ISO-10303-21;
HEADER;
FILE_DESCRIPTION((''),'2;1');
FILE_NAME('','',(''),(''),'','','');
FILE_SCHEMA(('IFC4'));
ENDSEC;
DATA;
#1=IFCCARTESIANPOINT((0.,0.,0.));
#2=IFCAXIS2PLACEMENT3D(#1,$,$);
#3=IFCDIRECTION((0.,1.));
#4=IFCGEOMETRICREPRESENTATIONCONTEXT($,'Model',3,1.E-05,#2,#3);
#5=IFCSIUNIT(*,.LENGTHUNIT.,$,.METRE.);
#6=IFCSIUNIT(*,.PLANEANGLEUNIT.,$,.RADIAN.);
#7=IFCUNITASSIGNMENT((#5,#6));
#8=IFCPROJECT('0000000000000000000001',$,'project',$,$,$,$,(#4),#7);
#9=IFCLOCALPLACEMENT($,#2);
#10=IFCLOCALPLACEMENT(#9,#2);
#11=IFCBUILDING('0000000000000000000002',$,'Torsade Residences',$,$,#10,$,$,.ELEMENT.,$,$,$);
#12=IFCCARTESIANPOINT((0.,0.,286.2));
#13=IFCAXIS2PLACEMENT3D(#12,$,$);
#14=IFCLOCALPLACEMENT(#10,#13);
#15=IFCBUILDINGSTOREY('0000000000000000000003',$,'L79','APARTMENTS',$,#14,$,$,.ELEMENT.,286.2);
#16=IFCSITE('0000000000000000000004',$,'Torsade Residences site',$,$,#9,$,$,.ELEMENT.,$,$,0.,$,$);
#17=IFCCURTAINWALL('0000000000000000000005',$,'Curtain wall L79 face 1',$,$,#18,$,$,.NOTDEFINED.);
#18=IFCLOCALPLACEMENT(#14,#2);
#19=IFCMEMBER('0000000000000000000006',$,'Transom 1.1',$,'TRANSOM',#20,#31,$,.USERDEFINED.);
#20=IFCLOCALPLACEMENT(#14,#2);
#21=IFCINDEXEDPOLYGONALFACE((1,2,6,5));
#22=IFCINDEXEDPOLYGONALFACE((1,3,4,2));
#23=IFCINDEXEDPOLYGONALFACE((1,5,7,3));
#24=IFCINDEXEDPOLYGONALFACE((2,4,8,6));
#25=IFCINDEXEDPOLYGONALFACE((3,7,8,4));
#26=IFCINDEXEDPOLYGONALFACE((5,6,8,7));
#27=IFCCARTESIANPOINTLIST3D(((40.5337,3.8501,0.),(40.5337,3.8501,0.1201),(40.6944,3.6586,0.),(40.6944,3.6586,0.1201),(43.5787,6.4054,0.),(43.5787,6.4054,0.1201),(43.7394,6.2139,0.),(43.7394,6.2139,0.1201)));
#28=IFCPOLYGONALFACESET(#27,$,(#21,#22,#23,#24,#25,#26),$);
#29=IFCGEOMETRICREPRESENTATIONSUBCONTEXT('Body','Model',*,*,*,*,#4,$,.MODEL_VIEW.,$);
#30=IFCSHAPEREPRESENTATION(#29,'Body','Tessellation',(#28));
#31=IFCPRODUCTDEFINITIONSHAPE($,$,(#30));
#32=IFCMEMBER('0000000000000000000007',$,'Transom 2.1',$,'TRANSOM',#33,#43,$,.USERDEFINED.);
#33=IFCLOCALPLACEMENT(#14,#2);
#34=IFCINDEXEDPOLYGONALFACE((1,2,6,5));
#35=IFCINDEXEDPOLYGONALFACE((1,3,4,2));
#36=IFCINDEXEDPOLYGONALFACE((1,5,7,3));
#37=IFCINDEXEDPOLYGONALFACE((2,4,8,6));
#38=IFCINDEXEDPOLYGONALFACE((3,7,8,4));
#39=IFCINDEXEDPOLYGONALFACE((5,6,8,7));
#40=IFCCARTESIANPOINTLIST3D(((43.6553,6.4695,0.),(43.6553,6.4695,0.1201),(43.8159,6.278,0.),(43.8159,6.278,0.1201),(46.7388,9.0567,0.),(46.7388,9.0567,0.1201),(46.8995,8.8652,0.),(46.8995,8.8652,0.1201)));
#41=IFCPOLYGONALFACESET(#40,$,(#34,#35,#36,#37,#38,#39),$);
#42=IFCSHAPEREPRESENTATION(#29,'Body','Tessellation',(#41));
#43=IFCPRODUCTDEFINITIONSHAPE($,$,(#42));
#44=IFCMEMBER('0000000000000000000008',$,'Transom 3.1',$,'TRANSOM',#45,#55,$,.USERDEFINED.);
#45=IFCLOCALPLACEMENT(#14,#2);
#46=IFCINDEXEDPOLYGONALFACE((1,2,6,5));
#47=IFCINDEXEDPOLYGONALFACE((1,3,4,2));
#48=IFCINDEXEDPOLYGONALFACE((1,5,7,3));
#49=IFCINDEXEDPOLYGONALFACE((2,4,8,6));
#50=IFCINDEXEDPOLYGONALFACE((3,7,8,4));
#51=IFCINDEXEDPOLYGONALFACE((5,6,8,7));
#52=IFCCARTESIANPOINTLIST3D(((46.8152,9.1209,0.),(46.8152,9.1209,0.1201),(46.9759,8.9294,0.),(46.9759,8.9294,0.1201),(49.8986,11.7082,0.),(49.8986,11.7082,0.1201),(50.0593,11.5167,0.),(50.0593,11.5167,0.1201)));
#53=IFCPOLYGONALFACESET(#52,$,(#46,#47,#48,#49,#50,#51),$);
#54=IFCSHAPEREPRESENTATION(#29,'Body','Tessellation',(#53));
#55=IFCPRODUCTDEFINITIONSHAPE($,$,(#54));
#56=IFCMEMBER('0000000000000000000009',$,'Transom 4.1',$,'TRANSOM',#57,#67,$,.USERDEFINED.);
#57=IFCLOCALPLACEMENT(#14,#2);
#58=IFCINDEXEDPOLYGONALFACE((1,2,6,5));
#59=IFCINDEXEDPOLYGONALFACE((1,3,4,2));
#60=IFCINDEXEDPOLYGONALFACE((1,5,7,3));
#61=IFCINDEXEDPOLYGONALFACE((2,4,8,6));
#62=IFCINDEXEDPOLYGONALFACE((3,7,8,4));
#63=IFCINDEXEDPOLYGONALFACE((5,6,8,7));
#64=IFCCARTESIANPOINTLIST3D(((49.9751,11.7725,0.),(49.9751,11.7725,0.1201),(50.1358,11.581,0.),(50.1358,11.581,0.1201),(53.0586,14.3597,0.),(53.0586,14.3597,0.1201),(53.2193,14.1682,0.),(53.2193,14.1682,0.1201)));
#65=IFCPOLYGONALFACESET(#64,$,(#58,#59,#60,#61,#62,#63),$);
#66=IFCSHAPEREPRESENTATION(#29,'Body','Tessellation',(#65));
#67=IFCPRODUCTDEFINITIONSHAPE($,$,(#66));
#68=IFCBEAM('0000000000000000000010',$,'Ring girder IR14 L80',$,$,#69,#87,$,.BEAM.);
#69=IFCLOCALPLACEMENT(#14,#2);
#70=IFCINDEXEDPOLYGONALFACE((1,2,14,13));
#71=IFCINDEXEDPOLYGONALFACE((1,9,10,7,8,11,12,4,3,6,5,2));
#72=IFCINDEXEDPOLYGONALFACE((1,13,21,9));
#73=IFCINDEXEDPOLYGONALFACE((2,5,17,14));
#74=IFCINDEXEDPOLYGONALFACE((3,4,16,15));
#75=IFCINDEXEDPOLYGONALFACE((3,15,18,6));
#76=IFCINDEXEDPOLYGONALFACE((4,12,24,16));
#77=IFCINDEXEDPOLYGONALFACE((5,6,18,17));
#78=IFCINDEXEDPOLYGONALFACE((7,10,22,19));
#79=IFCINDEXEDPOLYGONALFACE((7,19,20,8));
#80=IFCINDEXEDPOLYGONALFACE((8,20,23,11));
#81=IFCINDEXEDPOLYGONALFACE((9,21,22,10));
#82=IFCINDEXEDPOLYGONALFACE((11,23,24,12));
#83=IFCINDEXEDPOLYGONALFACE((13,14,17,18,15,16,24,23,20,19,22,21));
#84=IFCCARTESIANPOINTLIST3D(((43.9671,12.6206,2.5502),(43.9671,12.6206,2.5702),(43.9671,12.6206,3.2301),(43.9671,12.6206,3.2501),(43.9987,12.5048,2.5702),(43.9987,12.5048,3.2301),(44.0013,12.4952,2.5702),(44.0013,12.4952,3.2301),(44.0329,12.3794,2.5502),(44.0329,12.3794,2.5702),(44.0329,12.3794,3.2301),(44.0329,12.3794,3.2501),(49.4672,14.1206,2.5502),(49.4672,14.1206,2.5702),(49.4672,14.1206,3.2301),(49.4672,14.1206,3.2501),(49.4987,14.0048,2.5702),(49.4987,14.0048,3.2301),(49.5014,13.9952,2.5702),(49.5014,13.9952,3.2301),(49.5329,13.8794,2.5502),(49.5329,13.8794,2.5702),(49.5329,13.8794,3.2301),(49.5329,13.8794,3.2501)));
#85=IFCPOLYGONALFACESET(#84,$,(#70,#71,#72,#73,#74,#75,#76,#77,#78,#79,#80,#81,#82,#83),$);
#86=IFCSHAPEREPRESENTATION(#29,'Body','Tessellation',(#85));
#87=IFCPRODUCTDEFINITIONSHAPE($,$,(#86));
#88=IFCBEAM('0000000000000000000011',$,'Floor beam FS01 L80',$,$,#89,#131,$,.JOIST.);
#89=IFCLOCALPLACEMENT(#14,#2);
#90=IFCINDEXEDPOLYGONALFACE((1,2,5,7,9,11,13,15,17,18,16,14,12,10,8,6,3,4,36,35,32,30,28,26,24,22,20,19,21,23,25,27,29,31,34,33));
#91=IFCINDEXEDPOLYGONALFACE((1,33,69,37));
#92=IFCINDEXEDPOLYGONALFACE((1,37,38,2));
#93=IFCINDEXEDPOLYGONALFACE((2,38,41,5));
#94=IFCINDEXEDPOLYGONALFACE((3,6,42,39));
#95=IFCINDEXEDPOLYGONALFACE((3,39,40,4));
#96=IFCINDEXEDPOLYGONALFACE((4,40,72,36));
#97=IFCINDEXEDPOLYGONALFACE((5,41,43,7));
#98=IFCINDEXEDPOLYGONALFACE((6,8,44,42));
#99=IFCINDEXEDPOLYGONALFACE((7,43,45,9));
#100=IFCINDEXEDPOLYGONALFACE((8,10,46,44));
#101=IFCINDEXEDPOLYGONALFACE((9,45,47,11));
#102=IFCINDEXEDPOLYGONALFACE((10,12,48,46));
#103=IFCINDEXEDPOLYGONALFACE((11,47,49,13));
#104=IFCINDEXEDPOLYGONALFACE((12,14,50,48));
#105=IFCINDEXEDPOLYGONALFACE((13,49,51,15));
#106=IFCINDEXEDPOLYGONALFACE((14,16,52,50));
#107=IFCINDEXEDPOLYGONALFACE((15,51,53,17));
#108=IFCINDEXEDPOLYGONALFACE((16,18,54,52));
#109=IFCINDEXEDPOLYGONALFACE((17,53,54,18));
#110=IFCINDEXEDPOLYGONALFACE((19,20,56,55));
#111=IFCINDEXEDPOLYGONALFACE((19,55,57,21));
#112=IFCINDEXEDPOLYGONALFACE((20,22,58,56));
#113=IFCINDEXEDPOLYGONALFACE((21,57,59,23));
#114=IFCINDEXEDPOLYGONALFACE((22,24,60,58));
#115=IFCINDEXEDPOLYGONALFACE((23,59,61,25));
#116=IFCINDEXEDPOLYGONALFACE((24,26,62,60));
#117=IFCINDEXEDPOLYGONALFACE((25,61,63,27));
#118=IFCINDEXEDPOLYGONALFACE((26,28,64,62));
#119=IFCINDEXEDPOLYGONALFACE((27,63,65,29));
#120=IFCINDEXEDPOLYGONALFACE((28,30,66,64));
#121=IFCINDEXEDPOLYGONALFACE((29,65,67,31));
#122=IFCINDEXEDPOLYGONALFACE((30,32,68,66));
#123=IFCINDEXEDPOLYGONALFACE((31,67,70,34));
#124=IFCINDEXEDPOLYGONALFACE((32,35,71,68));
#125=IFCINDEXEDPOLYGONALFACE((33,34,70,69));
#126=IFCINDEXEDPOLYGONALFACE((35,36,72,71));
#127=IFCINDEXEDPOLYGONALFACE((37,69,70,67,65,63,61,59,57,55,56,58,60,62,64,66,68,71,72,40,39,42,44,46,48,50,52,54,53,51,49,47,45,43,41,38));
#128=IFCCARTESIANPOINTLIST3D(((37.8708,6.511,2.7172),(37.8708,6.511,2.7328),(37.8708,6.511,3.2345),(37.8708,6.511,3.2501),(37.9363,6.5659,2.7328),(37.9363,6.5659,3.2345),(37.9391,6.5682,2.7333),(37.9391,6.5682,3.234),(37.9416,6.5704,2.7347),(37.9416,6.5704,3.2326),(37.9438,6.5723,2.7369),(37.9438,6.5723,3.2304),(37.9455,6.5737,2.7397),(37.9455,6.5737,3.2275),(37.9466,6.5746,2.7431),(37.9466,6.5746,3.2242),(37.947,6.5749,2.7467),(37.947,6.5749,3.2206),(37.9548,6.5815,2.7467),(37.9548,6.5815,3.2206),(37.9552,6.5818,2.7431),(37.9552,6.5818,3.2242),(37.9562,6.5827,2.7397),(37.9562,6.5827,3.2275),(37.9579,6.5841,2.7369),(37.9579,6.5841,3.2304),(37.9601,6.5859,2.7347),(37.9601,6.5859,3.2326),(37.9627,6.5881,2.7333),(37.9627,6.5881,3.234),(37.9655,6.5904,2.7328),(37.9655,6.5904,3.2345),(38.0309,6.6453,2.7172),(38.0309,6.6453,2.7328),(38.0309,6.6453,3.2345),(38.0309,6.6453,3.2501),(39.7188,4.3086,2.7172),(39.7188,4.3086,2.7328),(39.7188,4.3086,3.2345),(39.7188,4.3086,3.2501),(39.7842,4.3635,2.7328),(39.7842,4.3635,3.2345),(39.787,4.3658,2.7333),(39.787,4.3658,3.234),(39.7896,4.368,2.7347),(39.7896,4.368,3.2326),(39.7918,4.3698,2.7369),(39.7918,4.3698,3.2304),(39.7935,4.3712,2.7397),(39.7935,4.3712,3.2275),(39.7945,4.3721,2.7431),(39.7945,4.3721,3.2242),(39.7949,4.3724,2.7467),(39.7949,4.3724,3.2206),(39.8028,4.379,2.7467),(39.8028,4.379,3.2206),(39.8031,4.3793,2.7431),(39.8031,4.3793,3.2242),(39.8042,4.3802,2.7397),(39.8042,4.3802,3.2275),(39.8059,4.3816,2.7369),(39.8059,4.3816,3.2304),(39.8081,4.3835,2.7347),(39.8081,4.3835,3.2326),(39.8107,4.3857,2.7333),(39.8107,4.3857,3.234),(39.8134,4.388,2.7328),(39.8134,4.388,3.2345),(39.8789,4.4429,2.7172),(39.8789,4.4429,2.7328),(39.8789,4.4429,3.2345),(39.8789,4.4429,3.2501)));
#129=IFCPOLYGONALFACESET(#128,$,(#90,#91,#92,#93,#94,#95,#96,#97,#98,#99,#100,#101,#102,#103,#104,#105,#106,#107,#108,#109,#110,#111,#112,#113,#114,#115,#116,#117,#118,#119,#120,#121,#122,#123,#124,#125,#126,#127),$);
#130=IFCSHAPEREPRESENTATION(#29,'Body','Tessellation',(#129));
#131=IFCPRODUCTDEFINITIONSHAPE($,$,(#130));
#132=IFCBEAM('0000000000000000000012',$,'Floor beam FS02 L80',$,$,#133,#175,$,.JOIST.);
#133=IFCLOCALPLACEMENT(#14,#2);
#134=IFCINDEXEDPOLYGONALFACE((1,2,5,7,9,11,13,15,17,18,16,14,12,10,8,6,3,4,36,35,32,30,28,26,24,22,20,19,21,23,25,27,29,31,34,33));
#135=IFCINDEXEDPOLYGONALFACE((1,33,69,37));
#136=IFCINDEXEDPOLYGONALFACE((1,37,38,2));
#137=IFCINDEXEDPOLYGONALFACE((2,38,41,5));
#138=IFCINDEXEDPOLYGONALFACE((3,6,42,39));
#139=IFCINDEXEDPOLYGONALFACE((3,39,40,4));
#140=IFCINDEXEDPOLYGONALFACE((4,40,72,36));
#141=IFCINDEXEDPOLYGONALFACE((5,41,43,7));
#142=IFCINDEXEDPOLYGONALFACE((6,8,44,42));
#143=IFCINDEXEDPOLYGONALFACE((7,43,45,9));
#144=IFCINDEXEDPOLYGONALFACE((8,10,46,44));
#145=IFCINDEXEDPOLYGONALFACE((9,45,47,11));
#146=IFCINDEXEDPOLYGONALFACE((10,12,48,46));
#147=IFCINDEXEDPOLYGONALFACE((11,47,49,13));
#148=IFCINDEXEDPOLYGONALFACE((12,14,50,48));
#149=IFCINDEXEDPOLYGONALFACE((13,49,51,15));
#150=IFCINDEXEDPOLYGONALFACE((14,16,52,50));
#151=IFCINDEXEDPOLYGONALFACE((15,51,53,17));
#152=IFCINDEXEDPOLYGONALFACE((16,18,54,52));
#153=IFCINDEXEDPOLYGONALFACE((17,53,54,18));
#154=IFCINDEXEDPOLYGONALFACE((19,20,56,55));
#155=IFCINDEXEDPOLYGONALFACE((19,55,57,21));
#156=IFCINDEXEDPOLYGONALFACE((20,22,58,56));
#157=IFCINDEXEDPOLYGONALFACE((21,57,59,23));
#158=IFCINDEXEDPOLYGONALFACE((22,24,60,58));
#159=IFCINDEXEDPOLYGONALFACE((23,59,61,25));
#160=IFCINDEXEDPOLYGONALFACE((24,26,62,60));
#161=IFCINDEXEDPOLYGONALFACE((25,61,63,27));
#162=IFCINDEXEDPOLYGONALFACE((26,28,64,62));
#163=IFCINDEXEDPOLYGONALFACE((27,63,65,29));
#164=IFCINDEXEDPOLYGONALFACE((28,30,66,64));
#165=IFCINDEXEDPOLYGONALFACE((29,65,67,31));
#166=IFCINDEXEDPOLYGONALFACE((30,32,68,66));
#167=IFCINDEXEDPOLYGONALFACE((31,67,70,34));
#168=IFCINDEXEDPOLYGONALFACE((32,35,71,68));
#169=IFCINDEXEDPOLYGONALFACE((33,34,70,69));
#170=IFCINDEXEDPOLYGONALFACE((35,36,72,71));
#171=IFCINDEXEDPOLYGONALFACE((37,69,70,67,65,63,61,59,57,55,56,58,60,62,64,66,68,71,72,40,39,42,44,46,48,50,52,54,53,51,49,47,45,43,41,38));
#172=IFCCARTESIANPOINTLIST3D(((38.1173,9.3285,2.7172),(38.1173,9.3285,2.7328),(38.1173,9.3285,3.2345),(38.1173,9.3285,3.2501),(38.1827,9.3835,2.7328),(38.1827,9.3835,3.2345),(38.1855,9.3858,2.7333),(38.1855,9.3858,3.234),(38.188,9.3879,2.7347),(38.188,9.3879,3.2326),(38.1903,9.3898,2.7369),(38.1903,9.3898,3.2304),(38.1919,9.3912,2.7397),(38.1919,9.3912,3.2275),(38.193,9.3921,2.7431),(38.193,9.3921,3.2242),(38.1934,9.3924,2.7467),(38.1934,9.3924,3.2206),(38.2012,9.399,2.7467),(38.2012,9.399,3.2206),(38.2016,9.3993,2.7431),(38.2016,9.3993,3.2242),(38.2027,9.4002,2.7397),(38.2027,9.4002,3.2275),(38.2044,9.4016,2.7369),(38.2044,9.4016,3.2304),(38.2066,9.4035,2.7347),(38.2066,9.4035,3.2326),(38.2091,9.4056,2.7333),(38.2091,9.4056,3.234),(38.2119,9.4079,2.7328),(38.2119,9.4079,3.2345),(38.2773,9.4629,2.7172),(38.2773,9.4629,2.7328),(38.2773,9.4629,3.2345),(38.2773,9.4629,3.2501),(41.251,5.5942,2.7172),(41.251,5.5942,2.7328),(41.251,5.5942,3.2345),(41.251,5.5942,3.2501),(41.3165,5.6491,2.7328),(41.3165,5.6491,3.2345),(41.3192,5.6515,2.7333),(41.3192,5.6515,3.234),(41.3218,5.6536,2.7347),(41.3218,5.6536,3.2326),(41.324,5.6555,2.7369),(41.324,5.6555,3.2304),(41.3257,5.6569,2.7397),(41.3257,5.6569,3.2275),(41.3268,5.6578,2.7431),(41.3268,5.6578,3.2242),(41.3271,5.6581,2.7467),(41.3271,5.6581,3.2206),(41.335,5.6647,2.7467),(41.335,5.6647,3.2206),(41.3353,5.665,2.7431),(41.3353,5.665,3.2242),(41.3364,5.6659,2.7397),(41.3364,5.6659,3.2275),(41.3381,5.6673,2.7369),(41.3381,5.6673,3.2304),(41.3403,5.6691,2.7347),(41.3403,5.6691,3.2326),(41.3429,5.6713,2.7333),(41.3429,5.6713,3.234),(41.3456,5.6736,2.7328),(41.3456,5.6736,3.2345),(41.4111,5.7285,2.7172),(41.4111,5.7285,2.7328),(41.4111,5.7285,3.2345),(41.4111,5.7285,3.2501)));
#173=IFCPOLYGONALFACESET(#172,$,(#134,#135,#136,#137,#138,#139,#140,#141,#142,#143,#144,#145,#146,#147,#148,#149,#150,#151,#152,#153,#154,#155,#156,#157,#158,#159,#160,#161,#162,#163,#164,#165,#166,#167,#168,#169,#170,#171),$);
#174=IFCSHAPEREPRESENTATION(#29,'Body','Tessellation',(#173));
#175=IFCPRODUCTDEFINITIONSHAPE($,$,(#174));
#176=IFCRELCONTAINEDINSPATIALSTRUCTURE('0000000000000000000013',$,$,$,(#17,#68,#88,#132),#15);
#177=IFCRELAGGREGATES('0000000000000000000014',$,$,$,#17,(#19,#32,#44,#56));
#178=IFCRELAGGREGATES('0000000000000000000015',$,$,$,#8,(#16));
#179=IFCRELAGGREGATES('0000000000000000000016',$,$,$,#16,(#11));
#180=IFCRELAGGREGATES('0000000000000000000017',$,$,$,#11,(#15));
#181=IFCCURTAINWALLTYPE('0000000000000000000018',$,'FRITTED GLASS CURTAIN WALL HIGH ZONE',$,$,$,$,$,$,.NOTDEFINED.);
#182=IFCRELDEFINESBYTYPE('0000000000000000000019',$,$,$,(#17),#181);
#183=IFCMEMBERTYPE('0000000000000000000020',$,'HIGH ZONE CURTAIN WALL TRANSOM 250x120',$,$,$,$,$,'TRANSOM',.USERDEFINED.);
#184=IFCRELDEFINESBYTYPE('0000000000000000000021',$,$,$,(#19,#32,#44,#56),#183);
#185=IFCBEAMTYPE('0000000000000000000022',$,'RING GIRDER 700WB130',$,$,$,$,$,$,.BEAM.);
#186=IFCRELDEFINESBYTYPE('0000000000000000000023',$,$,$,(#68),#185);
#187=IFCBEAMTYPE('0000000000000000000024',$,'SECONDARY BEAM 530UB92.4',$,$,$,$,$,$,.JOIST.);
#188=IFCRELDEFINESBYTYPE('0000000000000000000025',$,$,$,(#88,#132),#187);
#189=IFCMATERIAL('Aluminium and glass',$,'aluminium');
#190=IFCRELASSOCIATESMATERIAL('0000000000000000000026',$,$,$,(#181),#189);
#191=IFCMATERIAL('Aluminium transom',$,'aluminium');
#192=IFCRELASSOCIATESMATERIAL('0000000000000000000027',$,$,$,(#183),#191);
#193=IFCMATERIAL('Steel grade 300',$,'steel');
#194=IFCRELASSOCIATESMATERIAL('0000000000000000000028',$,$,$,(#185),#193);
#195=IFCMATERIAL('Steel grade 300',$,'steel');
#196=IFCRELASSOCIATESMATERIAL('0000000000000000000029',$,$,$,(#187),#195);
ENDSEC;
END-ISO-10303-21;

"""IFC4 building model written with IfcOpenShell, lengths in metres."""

from ifc_helpers import new_model, si_unit, direction, frame, origin, origin_2d, place, context, subcontext, project, spatial, rectangle, i_section, extrude, material, material_profile, profile_set, type_object, element, aggregate, save


model = new_model("IFC4")

# Units and contexts
model_context = context("Model", 3, precision=1e-05, world=origin(), true_north=direction((0.0, 1.0)))
body_context = subcontext(model_context, "Body", "Model", "MODEL_VIEW")
ifc_project = project(units=[si_unit("LENGTHUNIT", "METRE"), si_unit("PLANEANGLEUNIT", "RADIAN")], contexts=[model_context])

# Site, building, storey
site_placement = place(None, origin())
site = spatial("IfcSite", under=ifc_project, at=site_placement, Name="Torsade Residences site", CompositionType="ELEMENT", RefElevation=0.0)
building_placement = place(site_placement, origin())
building = spatial("IfcBuilding", under=site, at=building_placement, Name="Torsade Residences", CompositionType="ELEMENT")
storey_placement = place(building_placement, frame((0.0, 0.0, 286.2)))
storey = spatial("IfcBuildingStorey", under=building, at=storey_placement, Name="L79", Description="APARTMENTS", CompositionType="ELEMENT", Elevation=286.2)

# Curtain wall, members
ifc_material_1 = material(Name="Aluminium and glass", Category="aluminium")
curtain_wall_type = type_object("IfcCurtainWallType", Name="FRITTED GLASS CURTAIN WALL HIGH ZONE", PredefinedType="NOTDEFINED", material=ifc_material_1)
curtain_wall_placement = place(storey_placement, origin())
curtain_wall = element("IfcCurtainWall", 1, at=curtain_wall_placement, inside=storey, type_object=curtain_wall_type, Name="Curtain wall L79 face 1", PredefinedType="NOTDEFINED")
ifc_material_2 = material(Name="Aluminium transom", Category="aluminium")
ifc_material_profile_1 = material_profile(ifc_material_2, rectangle(XDim=0.25, YDim=0.1201, at=origin_2d()), Name="HIGH ZONE CURTAIN WALL TRANSOM 250x120")
ifc_profile_set_1 = profile_set([ifc_material_profile_1], Name="Aluminium transom")
member_type_1 = type_object("IfcMemberType", Name="HIGH ZONE CURTAIN WALL TRANSOM 250x120", ElementType="TRANSOM", PredefinedType="USERDEFINED", material=ifc_profile_set_1)
member_1_placement = place(storey_placement, frame((40.614, 3.7544, 0.0601), z_axis=(0.766022, 0.642815, 0.0), x_axis=(-0.642815, 0.766022, 0.0)))
member_1 = element("IfcMember", 2, at=member_1_placement, type_object=member_type_1, Name="Transom 1.1", ObjectType="TRANSOM", PredefinedType="USERDEFINED", context=body_context, shape_type="SweptSolid", body=[
    extrude(rectangle(XDim=0.25, YDim=0.1201, at=origin_2d()), origin(), (0.0, 0.0, 1.0), 3.9751),
])
member_2_placement = place(storey_placement, frame((43.7356, 6.3738, 0.0601), z_axis=(0.766069, 0.642758, 0.0), x_axis=(-0.642758, 0.766069, 0.0)))
member_2 = element("IfcMember", 3, at=member_2_placement, type_object=member_type_1, Name="Transom 2.1", ObjectType="TRANSOM", PredefinedType="USERDEFINED", context=body_context, shape_type="SweptSolid", body=[
    extrude(rectangle(XDim=0.25, YDim=0.1201, at=origin_2d()), origin(), (0.0, 0.0, 1.0), 4.0251),
])
member_3_placement = place(storey_placement, frame((46.8955, 9.0251, 0.0601), z_axis=(0.766039, 0.642794, 0.0), x_axis=(-0.642794, 0.766039, 0.0)))
member_3 = element("IfcMember", 4, at=member_3_placement, type_object=member_type_1, Name="Transom 3.1", ObjectType="TRANSOM", PredefinedType="USERDEFINED", context=body_context, shape_type="SweptSolid", body=[
    extrude(rectangle(XDim=0.25, YDim=0.1201, at=origin_2d()), origin(), (0.0, 0.0, 1.0), 4.0251),
])
member_4_placement = place(storey_placement, frame((50.0554, 11.6768, 0.0601), z_axis=(0.766069, 0.642758, 0.0), x_axis=(-0.642758, 0.766069, 0.0)))
member_4 = element("IfcMember", 5, at=member_4_placement, type_object=member_type_1, Name="Transom 4.1", ObjectType="TRANSOM", PredefinedType="USERDEFINED", context=body_context, shape_type="SweptSolid", body=[
    extrude(rectangle(XDim=0.25, YDim=0.1201, at=origin_2d()), origin(), (0.0, 0.0, 1.0), 4.0251),
])

# Beams
ifc_material_3 = material(Name="Steel grade 300", Category="steel")
ifc_material_profile_2 = material_profile(ifc_material_3, i_section(OverallWidth=0.25, OverallDepth=0.7, WebThickness=0.01, FlangeThickness=0.02, at=origin_2d()), Name="700WB130")
ifc_profile_set_2 = profile_set([ifc_material_profile_2], Name="Steel grade 300")
beam_type_1 = type_object("IfcBeamType", Name="RING GIRDER 700WB130", PredefinedType="BEAM", material=ifc_profile_set_2)
beam_1_placement = place(storey_placement, frame((44.0, 12.5, 2.9001), z_axis=(0.964764, 0.263117, 0.0), x_axis=(-0.263117, 0.964764, 0.0)))
element("IfcBeam", 6, at=beam_1_placement, inside=storey, type_object=beam_type_1, Name="Ring girder IR14 L80", PredefinedType="BEAM", context=body_context, shape_type="SweptSolid", body=[
    extrude(i_section(OverallWidth=0.25, OverallDepth=0.7, WebThickness=0.01, FlangeThickness=0.02, at=origin_2d()), origin(), (0.0, 0.0, 1.0), 5.7009),
])
ifc_material_4 = material(Name="Steel grade 300", Category="steel")
ifc_material_profile_3 = material_profile(ifc_material_4, i_section(OverallWidth=0.209, OverallDepth=0.533, WebThickness=0.0103, FlangeThickness=0.0156, FilletRadius=0.0139, at=origin_2d()), Name="530UB92.4")
ifc_profile_set_3 = profile_set([ifc_material_profile_3], Name="Steel grade 300")
beam_type_2 = type_object("IfcBeamType", Name="SECONDARY BEAM 530UB92.4", PredefinedType="JOIST", material=ifc_profile_set_3)
beam_2_placement = place(storey_placement, frame((39.7988, 4.3757, 2.9836), z_axis=(-0.642762, 0.766066, 0.0), x_axis=(-0.766066, -0.642762, 0.0)))
element("IfcBeam", 7, at=beam_2_placement, inside=storey, type_object=beam_type_2, Name="Floor beam FS01 L80", PredefinedType="JOIST", context=body_context, shape_type="SweptSolid", body=[
    extrude(i_section(OverallWidth=0.209, OverallDepth=0.533, WebThickness=0.0103, FlangeThickness=0.0156, FilletRadius=0.0139, at=origin_2d()), origin(), (0.0, 0.0, 1.0), 2.875),
])
beam_3_placement = place(storey_placement, frame((41.3311, 5.6614, 2.9836), z_axis=(-0.642821, 0.766017, 0.0), x_axis=(-0.766017, -0.642821, 0.0)))
element("IfcBeam", 8, at=beam_3_placement, inside=storey, type_object=beam_type_2, Name="Floor beam FS02 L80", PredefinedType="JOIST", context=body_context, shape_type="SweptSolid", body=[
    extrude(i_section(OverallWidth=0.209, OverallDepth=0.533, WebThickness=0.0103, FlangeThickness=0.0156, FilletRadius=0.0139, at=origin_2d()), origin(), (0.0, 0.0, 1.0), 4.875),
])

aggregate(curtain_wall, [member_1, member_2, member_3, member_4])

save(model, "model.ifc")
